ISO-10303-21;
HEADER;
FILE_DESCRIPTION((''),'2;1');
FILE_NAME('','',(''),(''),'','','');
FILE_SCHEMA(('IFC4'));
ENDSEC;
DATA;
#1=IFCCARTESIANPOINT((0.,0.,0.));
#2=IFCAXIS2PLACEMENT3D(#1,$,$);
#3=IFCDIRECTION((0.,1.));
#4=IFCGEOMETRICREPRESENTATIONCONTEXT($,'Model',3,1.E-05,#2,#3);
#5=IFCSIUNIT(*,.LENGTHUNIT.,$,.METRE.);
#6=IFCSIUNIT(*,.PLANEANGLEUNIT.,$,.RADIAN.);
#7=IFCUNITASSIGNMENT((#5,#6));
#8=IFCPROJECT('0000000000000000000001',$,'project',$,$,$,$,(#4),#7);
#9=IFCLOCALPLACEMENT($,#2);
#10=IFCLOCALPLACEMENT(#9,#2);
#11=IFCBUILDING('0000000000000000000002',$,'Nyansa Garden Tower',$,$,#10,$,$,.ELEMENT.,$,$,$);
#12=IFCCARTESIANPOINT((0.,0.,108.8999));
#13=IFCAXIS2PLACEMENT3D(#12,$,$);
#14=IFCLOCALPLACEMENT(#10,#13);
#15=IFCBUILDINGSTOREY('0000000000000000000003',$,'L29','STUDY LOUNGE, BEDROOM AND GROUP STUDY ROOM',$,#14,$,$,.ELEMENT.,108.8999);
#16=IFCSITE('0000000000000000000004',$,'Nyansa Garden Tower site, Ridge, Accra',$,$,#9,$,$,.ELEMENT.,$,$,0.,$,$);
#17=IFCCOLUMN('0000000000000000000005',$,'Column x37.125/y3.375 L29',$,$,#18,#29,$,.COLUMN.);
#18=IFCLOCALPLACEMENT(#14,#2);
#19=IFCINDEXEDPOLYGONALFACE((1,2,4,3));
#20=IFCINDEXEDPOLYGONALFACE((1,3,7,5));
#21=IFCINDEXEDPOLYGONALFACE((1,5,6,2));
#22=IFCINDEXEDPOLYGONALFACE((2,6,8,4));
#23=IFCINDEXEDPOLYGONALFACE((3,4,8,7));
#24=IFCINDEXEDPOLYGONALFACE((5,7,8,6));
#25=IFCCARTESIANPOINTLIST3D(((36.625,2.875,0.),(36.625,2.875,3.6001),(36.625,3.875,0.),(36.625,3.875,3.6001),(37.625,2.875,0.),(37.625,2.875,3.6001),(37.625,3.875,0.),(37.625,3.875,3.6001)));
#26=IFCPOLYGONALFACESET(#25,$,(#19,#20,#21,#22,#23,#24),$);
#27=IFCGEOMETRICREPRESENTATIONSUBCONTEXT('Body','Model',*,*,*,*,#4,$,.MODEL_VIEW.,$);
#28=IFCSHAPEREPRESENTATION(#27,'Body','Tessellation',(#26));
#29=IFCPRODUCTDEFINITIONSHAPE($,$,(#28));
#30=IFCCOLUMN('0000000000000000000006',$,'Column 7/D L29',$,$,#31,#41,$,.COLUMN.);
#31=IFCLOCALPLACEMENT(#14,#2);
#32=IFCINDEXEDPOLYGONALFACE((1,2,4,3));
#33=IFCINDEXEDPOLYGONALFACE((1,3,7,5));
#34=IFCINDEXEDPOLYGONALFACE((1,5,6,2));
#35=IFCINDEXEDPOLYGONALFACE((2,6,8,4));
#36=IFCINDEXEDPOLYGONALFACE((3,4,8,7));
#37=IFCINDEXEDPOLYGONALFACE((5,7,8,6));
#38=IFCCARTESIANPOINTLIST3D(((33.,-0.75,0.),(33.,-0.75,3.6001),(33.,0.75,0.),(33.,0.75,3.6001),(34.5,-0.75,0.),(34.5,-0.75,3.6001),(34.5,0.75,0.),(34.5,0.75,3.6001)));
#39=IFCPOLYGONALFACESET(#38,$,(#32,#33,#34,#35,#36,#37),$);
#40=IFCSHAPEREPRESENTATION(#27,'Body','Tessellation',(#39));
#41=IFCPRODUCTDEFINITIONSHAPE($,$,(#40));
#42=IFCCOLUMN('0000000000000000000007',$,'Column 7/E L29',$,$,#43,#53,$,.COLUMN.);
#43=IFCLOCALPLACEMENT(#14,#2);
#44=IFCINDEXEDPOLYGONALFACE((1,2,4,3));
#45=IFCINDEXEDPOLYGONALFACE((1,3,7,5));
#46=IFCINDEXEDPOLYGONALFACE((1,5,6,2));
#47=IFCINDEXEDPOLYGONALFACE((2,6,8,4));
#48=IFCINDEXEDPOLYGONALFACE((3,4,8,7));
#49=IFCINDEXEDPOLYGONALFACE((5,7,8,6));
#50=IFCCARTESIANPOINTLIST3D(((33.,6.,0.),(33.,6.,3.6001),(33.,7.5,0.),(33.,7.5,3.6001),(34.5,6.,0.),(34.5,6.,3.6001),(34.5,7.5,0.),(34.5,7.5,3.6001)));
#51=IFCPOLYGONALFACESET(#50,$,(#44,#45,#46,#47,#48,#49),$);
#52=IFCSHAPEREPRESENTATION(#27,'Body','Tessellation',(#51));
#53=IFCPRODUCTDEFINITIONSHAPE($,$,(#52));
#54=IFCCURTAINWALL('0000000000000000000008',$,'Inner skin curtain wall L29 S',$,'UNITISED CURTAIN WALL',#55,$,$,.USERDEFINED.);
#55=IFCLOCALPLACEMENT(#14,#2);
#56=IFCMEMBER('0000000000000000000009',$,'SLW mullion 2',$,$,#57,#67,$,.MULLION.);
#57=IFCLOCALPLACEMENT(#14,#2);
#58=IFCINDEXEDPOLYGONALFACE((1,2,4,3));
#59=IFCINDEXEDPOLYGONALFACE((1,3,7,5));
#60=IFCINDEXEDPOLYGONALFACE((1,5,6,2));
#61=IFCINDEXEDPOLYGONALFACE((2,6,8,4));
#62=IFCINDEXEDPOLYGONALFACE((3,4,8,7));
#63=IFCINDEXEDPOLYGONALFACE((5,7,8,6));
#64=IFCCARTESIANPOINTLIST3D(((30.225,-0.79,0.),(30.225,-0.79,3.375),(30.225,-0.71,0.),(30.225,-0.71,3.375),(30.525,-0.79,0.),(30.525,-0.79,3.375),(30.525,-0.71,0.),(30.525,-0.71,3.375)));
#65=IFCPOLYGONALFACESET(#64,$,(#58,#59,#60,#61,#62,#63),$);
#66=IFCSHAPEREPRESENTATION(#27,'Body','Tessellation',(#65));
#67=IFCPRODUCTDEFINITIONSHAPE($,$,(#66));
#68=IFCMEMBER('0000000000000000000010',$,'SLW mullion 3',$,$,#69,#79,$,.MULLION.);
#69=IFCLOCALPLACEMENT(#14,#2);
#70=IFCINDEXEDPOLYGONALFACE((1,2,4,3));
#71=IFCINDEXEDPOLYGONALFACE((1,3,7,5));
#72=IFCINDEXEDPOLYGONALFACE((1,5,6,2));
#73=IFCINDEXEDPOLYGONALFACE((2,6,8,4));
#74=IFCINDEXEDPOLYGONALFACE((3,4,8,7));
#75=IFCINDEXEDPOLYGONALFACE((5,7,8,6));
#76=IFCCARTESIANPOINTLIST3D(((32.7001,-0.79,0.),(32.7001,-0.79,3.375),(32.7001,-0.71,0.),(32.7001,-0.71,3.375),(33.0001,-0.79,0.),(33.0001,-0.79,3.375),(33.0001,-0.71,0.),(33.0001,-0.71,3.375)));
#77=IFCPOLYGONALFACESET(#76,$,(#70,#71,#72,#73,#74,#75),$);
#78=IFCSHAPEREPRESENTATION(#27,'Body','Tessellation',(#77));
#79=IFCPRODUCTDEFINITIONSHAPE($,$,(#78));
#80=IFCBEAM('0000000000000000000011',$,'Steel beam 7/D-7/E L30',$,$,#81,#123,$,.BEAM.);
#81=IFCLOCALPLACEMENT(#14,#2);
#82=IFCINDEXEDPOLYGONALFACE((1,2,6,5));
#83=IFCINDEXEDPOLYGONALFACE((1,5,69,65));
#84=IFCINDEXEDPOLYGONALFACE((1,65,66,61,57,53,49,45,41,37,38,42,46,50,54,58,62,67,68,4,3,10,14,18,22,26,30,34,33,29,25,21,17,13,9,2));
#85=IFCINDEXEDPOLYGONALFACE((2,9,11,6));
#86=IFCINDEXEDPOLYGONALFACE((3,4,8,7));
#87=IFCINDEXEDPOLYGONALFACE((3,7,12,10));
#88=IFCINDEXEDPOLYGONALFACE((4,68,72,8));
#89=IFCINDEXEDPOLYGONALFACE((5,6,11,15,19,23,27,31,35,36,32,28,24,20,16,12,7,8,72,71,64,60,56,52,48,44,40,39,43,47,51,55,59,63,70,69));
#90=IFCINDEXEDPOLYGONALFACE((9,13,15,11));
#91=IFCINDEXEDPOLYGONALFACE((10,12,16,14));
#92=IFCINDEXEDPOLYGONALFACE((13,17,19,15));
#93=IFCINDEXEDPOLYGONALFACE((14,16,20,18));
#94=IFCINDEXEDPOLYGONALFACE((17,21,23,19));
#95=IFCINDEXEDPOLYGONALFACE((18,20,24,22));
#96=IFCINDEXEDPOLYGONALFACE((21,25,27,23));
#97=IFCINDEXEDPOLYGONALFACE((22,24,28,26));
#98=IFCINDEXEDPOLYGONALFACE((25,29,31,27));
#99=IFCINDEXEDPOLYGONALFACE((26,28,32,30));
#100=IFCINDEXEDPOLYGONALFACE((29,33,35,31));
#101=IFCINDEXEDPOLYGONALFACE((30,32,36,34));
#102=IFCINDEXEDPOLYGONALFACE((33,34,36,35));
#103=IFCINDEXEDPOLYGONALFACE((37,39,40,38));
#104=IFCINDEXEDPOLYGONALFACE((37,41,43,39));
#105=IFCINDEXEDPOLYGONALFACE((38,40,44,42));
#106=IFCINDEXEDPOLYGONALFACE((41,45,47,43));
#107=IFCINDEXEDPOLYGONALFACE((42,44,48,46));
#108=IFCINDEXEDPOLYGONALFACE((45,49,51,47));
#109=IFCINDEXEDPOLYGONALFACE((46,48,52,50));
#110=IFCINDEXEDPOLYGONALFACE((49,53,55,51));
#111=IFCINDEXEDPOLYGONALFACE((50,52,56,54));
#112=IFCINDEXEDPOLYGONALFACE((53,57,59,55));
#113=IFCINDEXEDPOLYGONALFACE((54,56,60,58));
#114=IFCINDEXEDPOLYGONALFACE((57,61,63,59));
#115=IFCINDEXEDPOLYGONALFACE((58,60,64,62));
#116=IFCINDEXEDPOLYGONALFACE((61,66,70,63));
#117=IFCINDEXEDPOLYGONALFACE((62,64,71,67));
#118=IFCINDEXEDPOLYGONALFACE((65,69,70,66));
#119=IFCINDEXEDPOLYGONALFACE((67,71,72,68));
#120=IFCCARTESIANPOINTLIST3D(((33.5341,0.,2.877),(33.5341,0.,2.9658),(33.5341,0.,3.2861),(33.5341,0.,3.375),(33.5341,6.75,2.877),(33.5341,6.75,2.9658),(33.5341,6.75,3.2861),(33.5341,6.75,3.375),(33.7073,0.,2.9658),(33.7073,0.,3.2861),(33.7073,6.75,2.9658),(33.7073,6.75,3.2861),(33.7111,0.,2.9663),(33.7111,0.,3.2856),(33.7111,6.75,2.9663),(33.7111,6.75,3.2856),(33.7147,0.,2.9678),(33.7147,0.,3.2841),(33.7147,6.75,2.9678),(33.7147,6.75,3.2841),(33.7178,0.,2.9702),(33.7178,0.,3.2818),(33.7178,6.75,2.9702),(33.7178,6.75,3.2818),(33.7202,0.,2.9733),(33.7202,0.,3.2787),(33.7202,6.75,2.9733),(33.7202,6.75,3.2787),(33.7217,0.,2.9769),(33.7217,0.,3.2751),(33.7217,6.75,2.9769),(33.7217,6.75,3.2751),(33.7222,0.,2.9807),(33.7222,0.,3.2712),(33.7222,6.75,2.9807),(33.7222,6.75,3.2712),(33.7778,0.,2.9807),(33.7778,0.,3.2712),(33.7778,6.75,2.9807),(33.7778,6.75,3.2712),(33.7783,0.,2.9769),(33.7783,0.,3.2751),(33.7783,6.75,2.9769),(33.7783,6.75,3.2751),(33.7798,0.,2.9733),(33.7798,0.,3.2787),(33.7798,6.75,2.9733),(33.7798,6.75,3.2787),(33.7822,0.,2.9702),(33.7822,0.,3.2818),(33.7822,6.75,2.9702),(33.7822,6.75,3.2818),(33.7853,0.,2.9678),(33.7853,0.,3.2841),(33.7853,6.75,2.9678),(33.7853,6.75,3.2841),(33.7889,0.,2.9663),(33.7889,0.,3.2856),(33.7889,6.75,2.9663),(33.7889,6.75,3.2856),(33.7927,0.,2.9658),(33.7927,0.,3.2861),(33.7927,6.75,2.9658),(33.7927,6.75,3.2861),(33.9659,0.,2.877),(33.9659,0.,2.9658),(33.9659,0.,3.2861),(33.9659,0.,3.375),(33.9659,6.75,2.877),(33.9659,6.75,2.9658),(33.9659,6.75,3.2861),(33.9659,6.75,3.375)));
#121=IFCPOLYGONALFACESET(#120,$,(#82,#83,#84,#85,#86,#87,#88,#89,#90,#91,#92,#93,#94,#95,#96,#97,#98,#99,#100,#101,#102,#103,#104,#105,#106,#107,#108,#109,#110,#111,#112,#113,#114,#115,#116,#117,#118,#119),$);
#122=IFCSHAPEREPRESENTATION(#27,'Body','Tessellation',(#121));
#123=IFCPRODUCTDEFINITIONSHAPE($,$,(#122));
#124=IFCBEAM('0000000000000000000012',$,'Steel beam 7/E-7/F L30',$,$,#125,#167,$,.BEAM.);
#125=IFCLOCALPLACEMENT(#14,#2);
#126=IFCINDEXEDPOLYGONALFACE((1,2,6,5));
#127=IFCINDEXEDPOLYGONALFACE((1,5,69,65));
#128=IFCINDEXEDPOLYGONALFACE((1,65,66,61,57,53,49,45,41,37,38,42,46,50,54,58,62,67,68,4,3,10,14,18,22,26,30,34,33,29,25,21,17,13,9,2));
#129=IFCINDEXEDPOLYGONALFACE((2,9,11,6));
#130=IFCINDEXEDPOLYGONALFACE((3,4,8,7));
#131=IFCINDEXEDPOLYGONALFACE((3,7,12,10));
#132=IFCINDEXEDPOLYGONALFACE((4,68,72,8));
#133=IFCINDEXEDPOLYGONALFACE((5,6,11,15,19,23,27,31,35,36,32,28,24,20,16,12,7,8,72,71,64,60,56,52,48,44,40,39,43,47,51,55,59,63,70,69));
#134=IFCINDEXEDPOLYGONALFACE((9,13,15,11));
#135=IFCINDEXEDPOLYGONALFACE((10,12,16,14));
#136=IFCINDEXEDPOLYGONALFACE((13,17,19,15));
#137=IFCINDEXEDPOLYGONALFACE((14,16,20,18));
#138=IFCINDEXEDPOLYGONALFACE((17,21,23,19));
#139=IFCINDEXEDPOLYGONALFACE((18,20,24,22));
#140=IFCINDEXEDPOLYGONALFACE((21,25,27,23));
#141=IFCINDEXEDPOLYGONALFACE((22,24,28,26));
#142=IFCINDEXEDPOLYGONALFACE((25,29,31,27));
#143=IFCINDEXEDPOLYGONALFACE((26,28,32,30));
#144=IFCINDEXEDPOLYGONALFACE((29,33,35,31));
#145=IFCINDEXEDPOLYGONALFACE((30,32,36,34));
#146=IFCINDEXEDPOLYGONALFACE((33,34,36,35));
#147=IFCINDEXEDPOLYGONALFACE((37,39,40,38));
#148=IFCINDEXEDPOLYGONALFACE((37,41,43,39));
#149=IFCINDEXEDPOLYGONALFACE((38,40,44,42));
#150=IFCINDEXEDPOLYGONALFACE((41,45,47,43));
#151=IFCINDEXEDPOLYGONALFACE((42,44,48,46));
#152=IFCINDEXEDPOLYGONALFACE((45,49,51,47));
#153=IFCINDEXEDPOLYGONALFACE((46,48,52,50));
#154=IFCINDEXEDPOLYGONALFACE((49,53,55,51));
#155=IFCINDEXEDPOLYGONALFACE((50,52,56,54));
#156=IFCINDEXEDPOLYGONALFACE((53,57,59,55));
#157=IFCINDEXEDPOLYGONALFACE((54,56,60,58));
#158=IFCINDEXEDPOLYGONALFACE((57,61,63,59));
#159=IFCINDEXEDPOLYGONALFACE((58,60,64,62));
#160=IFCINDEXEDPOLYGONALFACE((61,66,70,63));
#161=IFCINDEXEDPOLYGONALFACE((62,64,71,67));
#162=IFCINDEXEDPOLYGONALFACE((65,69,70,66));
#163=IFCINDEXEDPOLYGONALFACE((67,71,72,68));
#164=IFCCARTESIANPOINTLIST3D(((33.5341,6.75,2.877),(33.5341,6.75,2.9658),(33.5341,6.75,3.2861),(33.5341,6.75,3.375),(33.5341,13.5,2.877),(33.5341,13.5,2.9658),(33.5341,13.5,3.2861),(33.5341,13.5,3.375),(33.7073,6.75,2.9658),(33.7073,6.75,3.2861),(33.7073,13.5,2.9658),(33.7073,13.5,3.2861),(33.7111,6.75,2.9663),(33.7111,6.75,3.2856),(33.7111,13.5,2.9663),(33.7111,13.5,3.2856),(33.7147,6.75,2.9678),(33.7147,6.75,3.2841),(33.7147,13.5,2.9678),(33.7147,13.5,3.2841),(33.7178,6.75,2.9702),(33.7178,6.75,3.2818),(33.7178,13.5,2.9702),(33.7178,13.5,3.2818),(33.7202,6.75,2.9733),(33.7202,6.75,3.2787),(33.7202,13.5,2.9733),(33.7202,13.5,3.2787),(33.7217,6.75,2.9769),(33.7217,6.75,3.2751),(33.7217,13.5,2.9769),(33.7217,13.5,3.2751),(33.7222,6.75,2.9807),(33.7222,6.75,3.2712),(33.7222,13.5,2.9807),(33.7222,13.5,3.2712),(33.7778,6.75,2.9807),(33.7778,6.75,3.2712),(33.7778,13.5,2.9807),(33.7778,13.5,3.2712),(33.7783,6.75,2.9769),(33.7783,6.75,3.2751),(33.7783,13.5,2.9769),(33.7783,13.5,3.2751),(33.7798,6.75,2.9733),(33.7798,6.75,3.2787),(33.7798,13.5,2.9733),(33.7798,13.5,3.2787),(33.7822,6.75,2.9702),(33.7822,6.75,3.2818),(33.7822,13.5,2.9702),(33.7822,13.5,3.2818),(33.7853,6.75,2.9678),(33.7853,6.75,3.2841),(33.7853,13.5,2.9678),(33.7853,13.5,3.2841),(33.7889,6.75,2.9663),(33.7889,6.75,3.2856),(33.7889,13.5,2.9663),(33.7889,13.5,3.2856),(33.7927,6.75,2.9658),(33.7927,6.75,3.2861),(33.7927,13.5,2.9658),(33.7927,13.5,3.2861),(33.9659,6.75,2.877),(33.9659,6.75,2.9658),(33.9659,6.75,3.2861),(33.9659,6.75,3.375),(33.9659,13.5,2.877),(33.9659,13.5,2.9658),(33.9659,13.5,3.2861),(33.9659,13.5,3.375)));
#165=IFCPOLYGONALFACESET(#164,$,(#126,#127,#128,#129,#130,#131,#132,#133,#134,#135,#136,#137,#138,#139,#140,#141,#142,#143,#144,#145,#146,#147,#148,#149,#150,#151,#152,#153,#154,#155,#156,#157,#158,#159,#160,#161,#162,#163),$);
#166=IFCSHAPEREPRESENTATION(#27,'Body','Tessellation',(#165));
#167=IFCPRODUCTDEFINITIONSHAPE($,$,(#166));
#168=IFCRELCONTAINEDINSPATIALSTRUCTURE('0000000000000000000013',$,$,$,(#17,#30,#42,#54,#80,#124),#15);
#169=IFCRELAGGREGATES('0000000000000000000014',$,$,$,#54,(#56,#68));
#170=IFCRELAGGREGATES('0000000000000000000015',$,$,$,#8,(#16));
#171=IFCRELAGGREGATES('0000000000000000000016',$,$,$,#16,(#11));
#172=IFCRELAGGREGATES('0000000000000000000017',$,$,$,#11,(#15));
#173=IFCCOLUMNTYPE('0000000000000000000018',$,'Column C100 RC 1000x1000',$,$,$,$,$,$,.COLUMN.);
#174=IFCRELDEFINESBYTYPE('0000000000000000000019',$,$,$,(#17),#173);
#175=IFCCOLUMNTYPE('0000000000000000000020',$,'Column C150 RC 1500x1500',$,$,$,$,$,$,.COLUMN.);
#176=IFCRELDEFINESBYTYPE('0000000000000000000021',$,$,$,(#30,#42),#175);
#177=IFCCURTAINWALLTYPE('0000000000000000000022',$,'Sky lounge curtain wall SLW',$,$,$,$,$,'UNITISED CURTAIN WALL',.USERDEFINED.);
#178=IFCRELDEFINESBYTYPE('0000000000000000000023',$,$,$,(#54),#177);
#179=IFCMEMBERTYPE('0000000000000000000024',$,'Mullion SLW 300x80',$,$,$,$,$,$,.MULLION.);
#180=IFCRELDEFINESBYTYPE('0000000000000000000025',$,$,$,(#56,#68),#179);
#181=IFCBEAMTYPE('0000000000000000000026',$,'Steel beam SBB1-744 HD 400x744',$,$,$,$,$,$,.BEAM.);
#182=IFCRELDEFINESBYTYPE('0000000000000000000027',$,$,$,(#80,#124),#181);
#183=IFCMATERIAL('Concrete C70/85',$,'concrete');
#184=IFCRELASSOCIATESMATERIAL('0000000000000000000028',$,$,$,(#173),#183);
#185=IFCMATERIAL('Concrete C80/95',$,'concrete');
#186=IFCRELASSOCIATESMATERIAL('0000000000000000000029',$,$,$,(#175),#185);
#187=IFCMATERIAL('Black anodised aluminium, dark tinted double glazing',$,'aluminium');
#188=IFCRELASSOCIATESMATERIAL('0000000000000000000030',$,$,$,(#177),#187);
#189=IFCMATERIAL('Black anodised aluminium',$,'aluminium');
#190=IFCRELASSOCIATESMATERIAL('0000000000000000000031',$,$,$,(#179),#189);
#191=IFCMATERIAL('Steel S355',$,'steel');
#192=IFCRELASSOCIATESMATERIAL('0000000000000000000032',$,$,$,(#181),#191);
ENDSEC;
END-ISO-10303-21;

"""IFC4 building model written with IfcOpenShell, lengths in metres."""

from ifc_helpers import new_model, si_unit, direction, frame, origin, origin_2d, place, context, subcontext, project, spatial, rectangle, i_section, extrude, material, material_profile, profile_set, type_object, element, aggregate, save


model = new_model("IFC4")

# Units and contexts
model_context = context("Model", 3, precision=1e-05, world=origin(), true_north=direction((0.0, 1.0)))
body_context = subcontext(model_context, "Body", "Model", "MODEL_VIEW")
ifc_project = project(units=[si_unit("LENGTHUNIT", "METRE"), si_unit("PLANEANGLEUNIT", "RADIAN")], contexts=[model_context])

# Site, building, storey
site_placement = place(None, origin())
site = spatial("IfcSite", under=ifc_project, at=site_placement, Name="Nyansa Garden Tower site, Ridge, Accra", CompositionType="ELEMENT", RefElevation=0.0)
building_placement = place(site_placement, origin())
building = spatial("IfcBuilding", under=site, at=building_placement, Name="Nyansa Garden Tower", CompositionType="ELEMENT")
storey_placement = place(building_placement, frame((0.0, 0.0, 108.8999)))
storey = spatial("IfcBuildingStorey", under=building, at=storey_placement, Name="L29", Description="STUDY LOUNGE, BEDROOM AND GROUP STUDY ROOM", CompositionType="ELEMENT", Elevation=108.8999)

# Columns
ifc_material_1 = material(Name="Concrete C70/85", Category="concrete")
ifc_material_profile_1 = material_profile(ifc_material_1, rectangle(XDim=1.0, YDim=1.0, at=origin_2d()), Name="RC 1000x1000")
ifc_profile_set_1 = profile_set([ifc_material_profile_1], Name="Concrete C70/85")
column_type_1 = type_object("IfcColumnType", Name="Column C100 RC 1000x1000", PredefinedType="COLUMN", material=ifc_profile_set_1)
column_placement = place(storey_placement, frame((37.125, 3.375, 0.0), z_axis=(0.0, 0.0, 1.0), x_axis=(1.0, 0.0, 0.0)))
element("IfcColumn", 1, at=column_placement, inside=storey, type_object=column_type_1, Name="Column x37.125/y3.375 L29", PredefinedType="COLUMN", context=body_context, shape_type="SweptSolid", body=[
    extrude(rectangle(XDim=1.0, YDim=1.0, at=origin_2d()), origin(), (0.0, 0.0, 1.0), 3.6001),
])
ifc_material_2 = material(Name="Concrete C80/95", Category="concrete")
ifc_material_profile_2 = material_profile(ifc_material_2, rectangle(XDim=1.5, YDim=1.5, at=origin_2d()), Name="RC 1500x1500")
ifc_profile_set_2 = profile_set([ifc_material_profile_2], Name="Concrete C80/95")
column_type_2 = type_object("IfcColumnType", Name="Column C150 RC 1500x1500", PredefinedType="COLUMN", material=ifc_profile_set_2)
for number, where, z_axis, x_axis, name in (
    (2, (33.75, 0.0, 0.0), (0.0, 0.0, 1.0), (1.0, 0.0, 0.0), "Column 7/D L29"),
    (3, (33.75, 6.75, 0.0), (0.0, 0.0, 1.0), (1.0, 0.0, 0.0), "Column 7/E L29"),
):
    element("IfcColumn", number, at=place(storey_placement, frame(where, z_axis=z_axis, x_axis=x_axis)), inside=storey, type_object=column_type_2, Name=name, PredefinedType="COLUMN", context=body_context, shape_type="SweptSolid", body=[
        extrude(rectangle(XDim=1.5, YDim=1.5, at=origin_2d()), origin(), (0.0, 0.0, 1.0), 3.6001),
    ])

# Curtain wall, members
ifc_material_3 = material(Name="Black anodised aluminium, dark tinted double glazing", Category="aluminium")
curtain_wall_type = type_object("IfcCurtainWallType", Name="Sky lounge curtain wall SLW", ElementType="UNITISED CURTAIN WALL", PredefinedType="USERDEFINED", material=ifc_material_3)
curtain_wall_placement = place(storey_placement, origin())
curtain_wall = element("IfcCurtainWall", 4, at=curtain_wall_placement, inside=storey, type_object=curtain_wall_type, Name="Inner skin curtain wall L29 S", ObjectType="UNITISED CURTAIN WALL", PredefinedType="USERDEFINED")
ifc_material_4 = material(Name="Black anodised aluminium", Category="aluminium")
ifc_material_profile_3 = material_profile(ifc_material_4, rectangle(XDim=0.0801, YDim=0.3, at=origin_2d()), Name="Mullion 300x80")
ifc_profile_set_3 = profile_set([ifc_material_profile_3], Name="Black anodised aluminium")
member_type_1 = type_object("IfcMemberType", Name="Mullion SLW 300x80", PredefinedType="MULLION", material=ifc_profile_set_3)
member_1_placement = place(storey_placement, frame((30.375, -0.75, 0.0), z_axis=(0.0, 0.0, 1.0), x_axis=(0.0, 1.0, 0.0)))
member_1 = element("IfcMember", 5, at=member_1_placement, type_object=member_type_1, Name="SLW mullion 2", PredefinedType="MULLION", context=body_context, shape_type="SweptSolid", body=[
    extrude(rectangle(XDim=0.0801, YDim=0.3, at=origin_2d()), origin(), (0.0, 0.0, 1.0), 3.375),
])
member_2_placement = place(storey_placement, frame((32.8501, -0.75, 0.0), z_axis=(0.0, 0.0, 1.0), x_axis=(0.0, 1.0, 0.0)))
member_2 = element("IfcMember", 6, at=member_2_placement, type_object=member_type_1, Name="SLW mullion 3", PredefinedType="MULLION", context=body_context, shape_type="SweptSolid", body=[
    extrude(rectangle(XDim=0.0801, YDim=0.3, at=origin_2d()), origin(), (0.0, 0.0, 1.0), 3.375),
])

# Beams
ifc_material_5 = material(Name="Steel S355", Category="steel")
ifc_material_profile_4 = material_profile(ifc_material_5, i_section(OverallWidth=0.4319, OverallDepth=0.498, WebThickness=0.0557, FlangeThickness=0.0889, FilletRadius=0.0149, at=origin_2d()), Name="HD 400x744")
ifc_profile_set_4 = profile_set([ifc_material_profile_4], Name="Steel S355")
beam_type_1 = type_object("IfcBeamType", Name="Steel beam SBB1-744 HD 400x744", PredefinedType="BEAM", material=ifc_profile_set_4)
for number, where, z_axis, x_axis, name in (
    (7, (33.75, 0.0, 3.126), (0.0, 1.0, 0.0), (-1.0, 0.0, 0.0), "Steel beam 7/D-7/E L30"),
    (8, (33.75, 6.75, 3.126), (0.0, 1.0, 0.0), (-1.0, 0.0, 0.0), "Steel beam 7/E-7/F L30"),
):
    element("IfcBeam", number, at=place(storey_placement, frame(where, z_axis=z_axis, x_axis=x_axis)), inside=storey, type_object=beam_type_1, Name=name, PredefinedType="BEAM", context=body_context, shape_type="SweptSolid", body=[
        extrude(i_section(OverallWidth=0.4319, OverallDepth=0.498, WebThickness=0.0557, FlangeThickness=0.0889, FilletRadius=0.0149, at=origin_2d()), origin(), (0.0, 0.0, 1.0), 6.75),
    ])

aggregate(curtain_wall, [member_1, member_2])

save(model, "model.ifc")
